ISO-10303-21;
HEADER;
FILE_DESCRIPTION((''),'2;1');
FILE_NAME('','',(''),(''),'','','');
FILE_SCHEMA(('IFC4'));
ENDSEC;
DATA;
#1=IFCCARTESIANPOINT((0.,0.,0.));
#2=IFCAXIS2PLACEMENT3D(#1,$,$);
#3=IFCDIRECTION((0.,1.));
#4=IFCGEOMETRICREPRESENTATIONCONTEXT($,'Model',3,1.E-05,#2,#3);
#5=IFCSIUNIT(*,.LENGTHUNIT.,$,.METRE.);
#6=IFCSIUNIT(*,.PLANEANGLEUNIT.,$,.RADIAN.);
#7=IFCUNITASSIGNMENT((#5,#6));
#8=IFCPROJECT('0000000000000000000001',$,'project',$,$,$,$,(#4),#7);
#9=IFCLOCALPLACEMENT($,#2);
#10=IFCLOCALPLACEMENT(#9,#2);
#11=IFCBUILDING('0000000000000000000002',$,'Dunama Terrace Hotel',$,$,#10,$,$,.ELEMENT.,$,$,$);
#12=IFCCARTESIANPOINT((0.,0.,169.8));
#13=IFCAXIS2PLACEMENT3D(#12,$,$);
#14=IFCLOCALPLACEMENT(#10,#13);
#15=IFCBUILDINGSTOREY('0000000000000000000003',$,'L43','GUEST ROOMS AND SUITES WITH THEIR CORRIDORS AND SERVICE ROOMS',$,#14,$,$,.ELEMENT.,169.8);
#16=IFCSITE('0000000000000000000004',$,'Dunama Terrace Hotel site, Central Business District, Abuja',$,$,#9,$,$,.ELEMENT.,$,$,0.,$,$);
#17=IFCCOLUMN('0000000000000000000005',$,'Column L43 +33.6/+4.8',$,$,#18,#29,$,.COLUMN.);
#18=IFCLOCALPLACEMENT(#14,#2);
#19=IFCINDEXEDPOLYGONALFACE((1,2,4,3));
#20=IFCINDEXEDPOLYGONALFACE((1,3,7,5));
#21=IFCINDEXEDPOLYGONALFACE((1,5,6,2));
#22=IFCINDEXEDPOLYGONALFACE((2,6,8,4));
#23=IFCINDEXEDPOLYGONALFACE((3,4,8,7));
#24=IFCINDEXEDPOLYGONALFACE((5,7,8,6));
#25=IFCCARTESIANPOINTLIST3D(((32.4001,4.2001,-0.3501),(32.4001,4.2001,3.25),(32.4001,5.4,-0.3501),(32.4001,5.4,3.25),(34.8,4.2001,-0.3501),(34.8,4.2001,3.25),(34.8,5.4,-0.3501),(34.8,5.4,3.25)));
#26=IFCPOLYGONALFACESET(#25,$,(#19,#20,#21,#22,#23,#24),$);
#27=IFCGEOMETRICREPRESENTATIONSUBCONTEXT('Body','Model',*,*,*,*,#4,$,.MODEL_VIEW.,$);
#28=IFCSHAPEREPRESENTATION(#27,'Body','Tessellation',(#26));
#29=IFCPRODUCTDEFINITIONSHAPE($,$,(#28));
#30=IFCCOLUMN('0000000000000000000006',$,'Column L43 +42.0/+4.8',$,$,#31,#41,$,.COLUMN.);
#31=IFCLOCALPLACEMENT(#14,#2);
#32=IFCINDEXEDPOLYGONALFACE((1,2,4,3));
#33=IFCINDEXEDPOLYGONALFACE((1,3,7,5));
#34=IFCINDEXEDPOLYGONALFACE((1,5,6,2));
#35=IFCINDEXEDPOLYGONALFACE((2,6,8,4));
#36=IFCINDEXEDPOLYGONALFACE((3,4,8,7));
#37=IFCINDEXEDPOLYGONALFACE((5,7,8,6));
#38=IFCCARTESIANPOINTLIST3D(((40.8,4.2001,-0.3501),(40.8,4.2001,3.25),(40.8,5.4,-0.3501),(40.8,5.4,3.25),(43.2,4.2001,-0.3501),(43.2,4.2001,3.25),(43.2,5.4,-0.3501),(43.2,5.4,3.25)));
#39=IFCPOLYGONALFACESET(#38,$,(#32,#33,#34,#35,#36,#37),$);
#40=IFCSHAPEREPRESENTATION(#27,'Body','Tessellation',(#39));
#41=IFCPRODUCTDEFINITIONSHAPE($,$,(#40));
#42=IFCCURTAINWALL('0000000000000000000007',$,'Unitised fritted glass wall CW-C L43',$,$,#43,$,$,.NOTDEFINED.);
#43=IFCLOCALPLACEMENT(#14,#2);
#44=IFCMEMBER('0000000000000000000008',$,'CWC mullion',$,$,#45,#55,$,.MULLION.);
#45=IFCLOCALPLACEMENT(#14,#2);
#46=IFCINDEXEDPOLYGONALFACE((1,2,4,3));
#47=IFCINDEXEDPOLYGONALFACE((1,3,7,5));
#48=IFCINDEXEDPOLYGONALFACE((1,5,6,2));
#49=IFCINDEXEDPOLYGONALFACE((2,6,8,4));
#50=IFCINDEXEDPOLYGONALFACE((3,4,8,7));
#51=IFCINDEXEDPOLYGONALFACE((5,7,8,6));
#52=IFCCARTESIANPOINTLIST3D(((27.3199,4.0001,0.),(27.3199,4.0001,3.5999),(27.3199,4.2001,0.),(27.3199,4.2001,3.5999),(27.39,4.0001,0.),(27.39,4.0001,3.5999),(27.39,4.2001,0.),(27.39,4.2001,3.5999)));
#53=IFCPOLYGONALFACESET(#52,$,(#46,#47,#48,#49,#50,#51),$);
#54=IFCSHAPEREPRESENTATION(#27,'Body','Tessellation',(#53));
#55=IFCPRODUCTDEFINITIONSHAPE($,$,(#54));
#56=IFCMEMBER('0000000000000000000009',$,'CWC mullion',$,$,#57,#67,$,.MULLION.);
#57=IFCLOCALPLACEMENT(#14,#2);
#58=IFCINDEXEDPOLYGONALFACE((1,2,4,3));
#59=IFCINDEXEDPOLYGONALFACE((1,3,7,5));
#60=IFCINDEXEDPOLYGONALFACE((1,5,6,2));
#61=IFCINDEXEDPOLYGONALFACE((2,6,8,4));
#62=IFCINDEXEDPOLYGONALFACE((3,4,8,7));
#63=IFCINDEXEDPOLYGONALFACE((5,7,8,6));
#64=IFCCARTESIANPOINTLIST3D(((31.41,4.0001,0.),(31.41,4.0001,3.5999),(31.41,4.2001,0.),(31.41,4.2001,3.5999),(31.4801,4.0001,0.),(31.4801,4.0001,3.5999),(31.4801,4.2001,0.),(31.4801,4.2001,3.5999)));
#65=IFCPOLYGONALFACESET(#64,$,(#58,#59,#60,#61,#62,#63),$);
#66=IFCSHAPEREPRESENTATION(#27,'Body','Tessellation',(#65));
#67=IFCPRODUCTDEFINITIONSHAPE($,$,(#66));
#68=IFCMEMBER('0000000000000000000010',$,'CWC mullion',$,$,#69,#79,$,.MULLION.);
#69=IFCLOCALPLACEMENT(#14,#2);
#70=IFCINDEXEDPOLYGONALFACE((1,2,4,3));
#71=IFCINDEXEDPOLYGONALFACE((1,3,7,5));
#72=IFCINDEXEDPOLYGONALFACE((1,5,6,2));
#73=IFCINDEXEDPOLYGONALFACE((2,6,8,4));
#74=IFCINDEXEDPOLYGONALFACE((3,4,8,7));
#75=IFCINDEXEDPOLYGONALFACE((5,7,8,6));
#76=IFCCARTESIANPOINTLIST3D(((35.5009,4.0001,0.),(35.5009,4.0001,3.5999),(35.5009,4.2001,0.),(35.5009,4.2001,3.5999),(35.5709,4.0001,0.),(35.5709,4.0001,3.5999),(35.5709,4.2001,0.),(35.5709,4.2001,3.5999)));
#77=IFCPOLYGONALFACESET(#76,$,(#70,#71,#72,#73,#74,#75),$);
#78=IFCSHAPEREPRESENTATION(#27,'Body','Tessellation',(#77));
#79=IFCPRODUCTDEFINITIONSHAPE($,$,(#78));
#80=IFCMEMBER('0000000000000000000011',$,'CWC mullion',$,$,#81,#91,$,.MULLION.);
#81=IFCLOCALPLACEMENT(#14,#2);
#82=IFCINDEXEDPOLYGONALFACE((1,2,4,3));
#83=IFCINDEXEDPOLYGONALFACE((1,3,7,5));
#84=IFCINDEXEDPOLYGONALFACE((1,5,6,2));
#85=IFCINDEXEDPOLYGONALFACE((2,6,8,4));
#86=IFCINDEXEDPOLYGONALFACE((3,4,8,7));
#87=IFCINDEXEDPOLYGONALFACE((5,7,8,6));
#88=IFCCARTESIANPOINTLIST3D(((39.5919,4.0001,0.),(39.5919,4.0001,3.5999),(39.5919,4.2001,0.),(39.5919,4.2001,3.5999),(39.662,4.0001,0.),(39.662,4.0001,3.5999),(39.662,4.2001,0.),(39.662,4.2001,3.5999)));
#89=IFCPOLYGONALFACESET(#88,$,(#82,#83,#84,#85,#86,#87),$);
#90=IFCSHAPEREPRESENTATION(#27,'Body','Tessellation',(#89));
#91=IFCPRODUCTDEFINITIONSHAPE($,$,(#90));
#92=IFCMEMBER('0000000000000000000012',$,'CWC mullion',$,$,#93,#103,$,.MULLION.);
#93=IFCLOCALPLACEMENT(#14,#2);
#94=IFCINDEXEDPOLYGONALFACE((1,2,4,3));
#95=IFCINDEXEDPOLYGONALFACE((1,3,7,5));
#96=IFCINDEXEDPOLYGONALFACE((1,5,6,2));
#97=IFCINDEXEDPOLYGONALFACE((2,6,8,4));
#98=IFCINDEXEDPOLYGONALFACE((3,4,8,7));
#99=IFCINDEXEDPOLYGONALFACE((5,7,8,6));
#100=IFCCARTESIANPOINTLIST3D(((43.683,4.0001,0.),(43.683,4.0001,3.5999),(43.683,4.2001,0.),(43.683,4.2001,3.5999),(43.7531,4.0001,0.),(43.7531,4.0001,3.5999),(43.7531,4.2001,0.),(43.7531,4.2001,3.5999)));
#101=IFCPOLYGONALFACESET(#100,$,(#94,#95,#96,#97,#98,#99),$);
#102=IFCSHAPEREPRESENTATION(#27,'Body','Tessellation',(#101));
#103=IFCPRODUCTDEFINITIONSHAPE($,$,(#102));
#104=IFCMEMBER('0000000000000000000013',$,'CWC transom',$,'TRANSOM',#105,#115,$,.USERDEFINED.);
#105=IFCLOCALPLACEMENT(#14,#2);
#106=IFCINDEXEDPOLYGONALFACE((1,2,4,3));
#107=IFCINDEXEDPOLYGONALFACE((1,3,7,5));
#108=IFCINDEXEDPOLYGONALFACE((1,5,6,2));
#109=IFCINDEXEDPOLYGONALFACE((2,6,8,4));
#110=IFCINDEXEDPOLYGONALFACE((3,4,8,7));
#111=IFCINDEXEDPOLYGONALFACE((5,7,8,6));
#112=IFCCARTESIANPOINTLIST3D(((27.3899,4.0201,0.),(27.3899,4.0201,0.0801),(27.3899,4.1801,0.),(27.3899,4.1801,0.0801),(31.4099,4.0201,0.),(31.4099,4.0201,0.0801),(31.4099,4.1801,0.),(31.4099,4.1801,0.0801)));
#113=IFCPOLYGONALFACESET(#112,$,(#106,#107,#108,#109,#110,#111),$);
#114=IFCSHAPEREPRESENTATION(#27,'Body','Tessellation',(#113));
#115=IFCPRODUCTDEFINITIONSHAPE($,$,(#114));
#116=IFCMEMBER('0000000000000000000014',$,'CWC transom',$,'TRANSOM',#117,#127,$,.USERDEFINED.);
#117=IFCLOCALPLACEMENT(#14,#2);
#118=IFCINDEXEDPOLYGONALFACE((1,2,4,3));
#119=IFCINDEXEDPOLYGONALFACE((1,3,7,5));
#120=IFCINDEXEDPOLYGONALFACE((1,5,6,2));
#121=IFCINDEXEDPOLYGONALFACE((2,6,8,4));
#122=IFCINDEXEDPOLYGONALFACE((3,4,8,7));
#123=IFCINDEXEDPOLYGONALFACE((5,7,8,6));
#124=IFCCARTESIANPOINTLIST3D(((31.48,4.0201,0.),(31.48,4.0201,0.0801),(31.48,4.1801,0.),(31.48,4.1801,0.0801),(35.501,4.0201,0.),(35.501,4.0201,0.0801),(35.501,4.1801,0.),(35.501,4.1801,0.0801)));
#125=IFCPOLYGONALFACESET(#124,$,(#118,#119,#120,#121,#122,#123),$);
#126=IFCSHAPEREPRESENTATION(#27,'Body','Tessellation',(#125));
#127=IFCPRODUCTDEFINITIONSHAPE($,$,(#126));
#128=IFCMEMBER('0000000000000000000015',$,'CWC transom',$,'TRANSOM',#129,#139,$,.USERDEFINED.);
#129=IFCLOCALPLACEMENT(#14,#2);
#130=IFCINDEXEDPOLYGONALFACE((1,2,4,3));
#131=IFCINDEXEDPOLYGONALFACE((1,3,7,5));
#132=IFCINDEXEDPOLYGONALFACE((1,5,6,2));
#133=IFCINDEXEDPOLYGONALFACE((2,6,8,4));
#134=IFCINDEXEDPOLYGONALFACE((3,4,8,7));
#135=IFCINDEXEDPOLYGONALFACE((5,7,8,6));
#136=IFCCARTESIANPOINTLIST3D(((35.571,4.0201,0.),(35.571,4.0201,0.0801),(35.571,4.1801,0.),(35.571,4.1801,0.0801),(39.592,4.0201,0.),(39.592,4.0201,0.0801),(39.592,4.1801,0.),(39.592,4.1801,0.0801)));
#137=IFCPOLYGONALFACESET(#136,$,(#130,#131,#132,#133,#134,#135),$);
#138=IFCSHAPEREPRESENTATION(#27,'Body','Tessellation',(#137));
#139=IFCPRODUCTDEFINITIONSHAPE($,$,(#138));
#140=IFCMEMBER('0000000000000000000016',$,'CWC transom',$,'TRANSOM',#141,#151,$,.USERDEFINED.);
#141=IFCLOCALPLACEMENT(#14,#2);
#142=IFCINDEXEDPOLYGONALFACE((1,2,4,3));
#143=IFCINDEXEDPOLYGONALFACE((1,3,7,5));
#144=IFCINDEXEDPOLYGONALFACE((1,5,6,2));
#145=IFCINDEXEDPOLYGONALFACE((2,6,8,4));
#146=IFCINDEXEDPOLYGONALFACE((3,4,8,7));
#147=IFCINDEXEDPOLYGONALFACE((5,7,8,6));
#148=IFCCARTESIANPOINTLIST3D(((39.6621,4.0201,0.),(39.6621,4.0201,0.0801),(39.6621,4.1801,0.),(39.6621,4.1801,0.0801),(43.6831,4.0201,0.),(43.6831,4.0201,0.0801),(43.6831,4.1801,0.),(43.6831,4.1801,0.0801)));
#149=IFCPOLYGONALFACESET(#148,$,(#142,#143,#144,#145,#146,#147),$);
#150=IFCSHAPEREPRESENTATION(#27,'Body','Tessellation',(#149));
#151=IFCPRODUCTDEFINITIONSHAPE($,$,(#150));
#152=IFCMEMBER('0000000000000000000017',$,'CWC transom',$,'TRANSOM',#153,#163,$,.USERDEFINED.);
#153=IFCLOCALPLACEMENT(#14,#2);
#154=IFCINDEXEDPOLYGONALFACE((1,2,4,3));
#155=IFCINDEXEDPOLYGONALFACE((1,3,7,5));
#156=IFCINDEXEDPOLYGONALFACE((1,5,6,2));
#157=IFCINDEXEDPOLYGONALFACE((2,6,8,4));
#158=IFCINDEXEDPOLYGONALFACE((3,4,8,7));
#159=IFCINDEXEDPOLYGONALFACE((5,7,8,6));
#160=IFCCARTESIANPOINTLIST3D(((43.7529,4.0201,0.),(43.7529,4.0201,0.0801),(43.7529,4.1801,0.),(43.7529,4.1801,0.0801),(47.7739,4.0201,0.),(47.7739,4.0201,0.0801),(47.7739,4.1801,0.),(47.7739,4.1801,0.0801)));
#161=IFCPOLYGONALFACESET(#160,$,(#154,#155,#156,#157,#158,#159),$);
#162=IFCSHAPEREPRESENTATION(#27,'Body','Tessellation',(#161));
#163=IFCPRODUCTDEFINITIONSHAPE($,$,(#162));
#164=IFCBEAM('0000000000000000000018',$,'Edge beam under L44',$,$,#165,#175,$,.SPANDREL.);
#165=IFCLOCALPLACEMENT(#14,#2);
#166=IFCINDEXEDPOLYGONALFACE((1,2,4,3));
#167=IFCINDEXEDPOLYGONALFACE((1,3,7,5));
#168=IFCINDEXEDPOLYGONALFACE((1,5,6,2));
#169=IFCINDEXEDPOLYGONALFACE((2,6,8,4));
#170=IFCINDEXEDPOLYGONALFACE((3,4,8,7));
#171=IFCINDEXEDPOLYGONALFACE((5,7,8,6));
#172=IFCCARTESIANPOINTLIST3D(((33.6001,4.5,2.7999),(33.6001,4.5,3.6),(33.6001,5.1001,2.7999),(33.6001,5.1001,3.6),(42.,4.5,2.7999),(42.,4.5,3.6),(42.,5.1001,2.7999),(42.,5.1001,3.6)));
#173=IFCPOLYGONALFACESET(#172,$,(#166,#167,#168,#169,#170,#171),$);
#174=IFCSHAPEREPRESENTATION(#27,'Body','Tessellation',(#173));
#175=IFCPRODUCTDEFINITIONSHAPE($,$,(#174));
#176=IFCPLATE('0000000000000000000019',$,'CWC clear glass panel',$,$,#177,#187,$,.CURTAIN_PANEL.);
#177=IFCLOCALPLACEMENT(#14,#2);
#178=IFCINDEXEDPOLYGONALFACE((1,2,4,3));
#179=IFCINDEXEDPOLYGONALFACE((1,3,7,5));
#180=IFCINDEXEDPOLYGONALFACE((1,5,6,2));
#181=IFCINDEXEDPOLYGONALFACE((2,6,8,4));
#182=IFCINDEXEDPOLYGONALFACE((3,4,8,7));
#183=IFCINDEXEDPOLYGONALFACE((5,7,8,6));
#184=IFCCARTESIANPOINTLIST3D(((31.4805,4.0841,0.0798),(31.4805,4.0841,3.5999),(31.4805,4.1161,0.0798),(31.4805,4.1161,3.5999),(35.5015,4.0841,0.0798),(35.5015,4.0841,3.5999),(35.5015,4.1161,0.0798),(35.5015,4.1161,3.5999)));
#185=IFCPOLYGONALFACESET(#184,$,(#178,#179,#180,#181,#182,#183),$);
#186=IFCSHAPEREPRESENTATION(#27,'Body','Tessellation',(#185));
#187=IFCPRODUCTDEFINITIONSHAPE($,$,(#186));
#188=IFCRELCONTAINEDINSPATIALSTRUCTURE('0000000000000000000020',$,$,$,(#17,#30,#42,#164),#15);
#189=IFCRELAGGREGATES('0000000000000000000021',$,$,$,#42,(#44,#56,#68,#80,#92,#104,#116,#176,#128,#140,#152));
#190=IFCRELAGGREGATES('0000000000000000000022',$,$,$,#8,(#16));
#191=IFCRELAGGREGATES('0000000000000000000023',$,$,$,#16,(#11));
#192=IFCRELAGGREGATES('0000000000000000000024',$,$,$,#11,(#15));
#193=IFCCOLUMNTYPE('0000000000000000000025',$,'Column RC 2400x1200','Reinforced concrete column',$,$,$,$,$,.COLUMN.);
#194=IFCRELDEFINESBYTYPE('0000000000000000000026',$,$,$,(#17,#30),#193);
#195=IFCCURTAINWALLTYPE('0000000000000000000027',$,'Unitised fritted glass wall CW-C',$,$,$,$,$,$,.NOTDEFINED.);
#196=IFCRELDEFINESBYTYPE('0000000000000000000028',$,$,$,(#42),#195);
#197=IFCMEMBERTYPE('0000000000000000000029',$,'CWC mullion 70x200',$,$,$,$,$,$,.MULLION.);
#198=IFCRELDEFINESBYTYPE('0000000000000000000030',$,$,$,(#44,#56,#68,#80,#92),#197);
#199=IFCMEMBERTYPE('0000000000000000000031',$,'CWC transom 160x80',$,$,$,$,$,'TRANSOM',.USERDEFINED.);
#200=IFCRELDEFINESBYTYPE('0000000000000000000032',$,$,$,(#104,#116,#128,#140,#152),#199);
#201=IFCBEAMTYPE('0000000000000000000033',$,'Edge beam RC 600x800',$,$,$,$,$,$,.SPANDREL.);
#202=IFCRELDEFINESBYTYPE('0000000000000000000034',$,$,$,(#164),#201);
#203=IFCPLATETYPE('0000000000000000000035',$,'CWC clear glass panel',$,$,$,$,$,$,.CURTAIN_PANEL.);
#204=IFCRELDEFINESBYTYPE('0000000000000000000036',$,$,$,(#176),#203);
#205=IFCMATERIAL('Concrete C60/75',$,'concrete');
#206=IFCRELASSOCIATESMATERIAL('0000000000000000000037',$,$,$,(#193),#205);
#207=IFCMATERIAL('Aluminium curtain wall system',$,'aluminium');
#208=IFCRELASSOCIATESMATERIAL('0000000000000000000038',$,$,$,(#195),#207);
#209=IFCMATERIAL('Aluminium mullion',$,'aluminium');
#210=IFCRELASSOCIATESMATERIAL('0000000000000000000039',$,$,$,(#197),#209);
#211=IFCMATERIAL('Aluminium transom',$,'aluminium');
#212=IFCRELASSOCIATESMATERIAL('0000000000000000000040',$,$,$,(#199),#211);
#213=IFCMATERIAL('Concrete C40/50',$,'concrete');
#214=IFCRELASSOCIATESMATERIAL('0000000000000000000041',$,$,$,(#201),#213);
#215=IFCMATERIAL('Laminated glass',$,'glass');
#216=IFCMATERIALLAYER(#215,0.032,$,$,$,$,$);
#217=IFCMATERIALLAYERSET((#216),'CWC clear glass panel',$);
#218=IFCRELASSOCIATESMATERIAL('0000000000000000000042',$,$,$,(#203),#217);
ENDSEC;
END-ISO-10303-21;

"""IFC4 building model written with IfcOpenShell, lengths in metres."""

from ifc_helpers import new_model, si_unit, direction, frame, origin, origin_2d, place, context, subcontext, project, spatial, rectangle, extrude, material, layer, layer_set, material_profile, profile_set, type_object, element, aggregate, save


model = new_model("IFC4")

# Units and contexts
model_context = context("Model", 3, precision=1e-05, world=origin(), true_north=direction((0.0, 1.0)))
body_context = subcontext(model_context, "Body", "Model", "MODEL_VIEW")
ifc_project = project(units=[si_unit("LENGTHUNIT", "METRE"), si_unit("PLANEANGLEUNIT", "RADIAN")], contexts=[model_context])

# Site, building, storey
site_placement = place(None, origin())
site = spatial("IfcSite", under=ifc_project, at=site_placement, Name="Dunama Terrace Hotel site, Central Business District, Abuja", CompositionType="ELEMENT", RefElevation=0.0)
building_placement = place(site_placement, origin())
building = spatial("IfcBuilding", under=site, at=building_placement, Name="Dunama Terrace Hotel", CompositionType="ELEMENT")
storey_placement = place(building_placement, frame((0.0, 0.0, 169.8)))
storey = spatial("IfcBuildingStorey", under=building, at=storey_placement, Name="L43", Description="GUEST ROOMS AND SUITES WITH THEIR CORRIDORS AND SERVICE ROOMS", CompositionType="ELEMENT", Elevation=169.8)

# Columns
ifc_material_1 = material(Name="Concrete C60/75", Category="concrete")
ifc_material_profile_1 = material_profile(ifc_material_1, rectangle(XDim=2.3999, YDim=1.2, at=origin_2d()), Name="RC 2400x1200")
ifc_profile_set_1 = profile_set([ifc_material_profile_1], Name="Concrete C60/75")
column_type = type_object("IfcColumnType", Name="Column RC 2400x1200", Description="Reinforced concrete column", PredefinedType="COLUMN", material=ifc_profile_set_1)
for number, where, z_axis, x_axis, name in (
    (1, (33.6001, 4.8, -0.3501), (0.0, 0.0, 1.0), (1.0, 0.0, 0.0), "Column L43 +33.6/+4.8"),
    (2, (42.0, 4.8, -0.3501), (0.0, 0.0, 1.0), (1.0, 0.0, 0.0), "Column L43 +42.0/+4.8"),
):
    element("IfcColumn", number, at=place(storey_placement, frame(where, z_axis=z_axis, x_axis=x_axis)), inside=storey, type_object=column_type, Name=name, PredefinedType="COLUMN", context=body_context, shape_type="SweptSolid", body=[
        extrude(rectangle(XDim=2.3999, YDim=1.2, at=origin_2d()), origin(), (0.0, 0.0, 1.0), 3.6001),
    ])

# Curtain wall, members
ifc_material_2 = material(Name="Aluminium curtain wall system", Category="aluminium")
curtain_wall_type = type_object("IfcCurtainWallType", Name="Unitised fritted glass wall CW-C", PredefinedType="NOTDEFINED", material=ifc_material_2)
curtain_wall_placement = place(storey_placement, origin())
curtain_wall = element("IfcCurtainWall", 3, at=curtain_wall_placement, inside=storey, type_object=curtain_wall_type, Name="Unitised fritted glass wall CW-C L43", PredefinedType="NOTDEFINED")
ifc_material_3 = material(Name="Aluminium mullion", Category="aluminium")
ifc_material_profile_2 = material_profile(ifc_material_3, rectangle(XDim=0.0701, YDim=0.2, at=origin_2d()), Name="CWC MULLION 70X200")
ifc_profile_set_2 = profile_set([ifc_material_profile_2], Name="Aluminium mullion")
member_type_1 = type_object("IfcMemberType", Name="CWC mullion 70x200", PredefinedType="MULLION", material=ifc_profile_set_2)
member_1_placement = place(storey_placement, frame((27.355, 4.1001, 0.0), z_axis=(0.0, 0.0, 1.0), x_axis=(1.0, 0.0, 0.0)))
member_1 = element("IfcMember", 4, at=member_1_placement, type_object=member_type_1, Name="CWC mullion", PredefinedType="MULLION", context=body_context, shape_type="SweptSolid", body=[
    extrude(rectangle(XDim=0.0701, YDim=0.2, at=origin_2d()), origin(), (0.0, 0.0, 1.0), 3.5999),
])
member_2_placement = place(storey_placement, frame((31.4451, 4.1001, 0.0), z_axis=(0.0, 0.0, 1.0), x_axis=(1.0, 0.0, 0.0)))
member_2 = element("IfcMember", 5, at=member_2_placement, type_object=member_type_1, Name="CWC mullion", PredefinedType="MULLION", context=body_context, shape_type="SweptSolid", body=[
    extrude(rectangle(XDim=0.0701, YDim=0.2, at=origin_2d()), origin(), (0.0, 0.0, 1.0), 3.5999),
])
member_3_placement = place(storey_placement, frame((35.5359, 4.1001, 0.0), z_axis=(0.0, 0.0, 1.0), x_axis=(1.0, 0.0, 0.0)))
member_3 = element("IfcMember", 6, at=member_3_placement, type_object=member_type_1, Name="CWC mullion", PredefinedType="MULLION", context=body_context, shape_type="SweptSolid", body=[
    extrude(rectangle(XDim=0.0701, YDim=0.2, at=origin_2d()), origin(), (0.0, 0.0, 1.0), 3.5999),
])
member_4_placement = place(storey_placement, frame((39.627, 4.1001, 0.0), z_axis=(0.0, 0.0, 1.0), x_axis=(1.0, 0.0, 0.0)))
member_4 = element("IfcMember", 7, at=member_4_placement, type_object=member_type_1, Name="CWC mullion", PredefinedType="MULLION", context=body_context, shape_type="SweptSolid", body=[
    extrude(rectangle(XDim=0.0701, YDim=0.2, at=origin_2d()), origin(), (0.0, 0.0, 1.0), 3.5999),
])
member_5_placement = place(storey_placement, frame((43.718, 4.1001, 0.0), z_axis=(0.0, 0.0, 1.0), x_axis=(1.0, 0.0, 0.0)))
member_5 = element("IfcMember", 8, at=member_5_placement, type_object=member_type_1, Name="CWC mullion", PredefinedType="MULLION", context=body_context, shape_type="SweptSolid", body=[
    extrude(rectangle(XDim=0.0701, YDim=0.2, at=origin_2d()), origin(), (0.0, 0.0, 1.0), 3.5999),
])
ifc_material_4 = material(Name="Aluminium transom", Category="aluminium")
ifc_material_profile_3 = material_profile(ifc_material_4, rectangle(XDim=0.1599, YDim=0.0801, at=origin_2d()), Name="CWC TRANSOM 160X80")
ifc_profile_set_3 = profile_set([ifc_material_profile_3], Name="Aluminium transom")
member_type_2 = type_object("IfcMemberType", Name="CWC transom 160x80", ElementType="TRANSOM", PredefinedType="USERDEFINED", material=ifc_profile_set_3)
member_6_placement = place(storey_placement, frame((27.3899, 4.1001, 0.04), z_axis=(1.0, 0.0, 0.0), x_axis=(0.0, 1.0, 0.0)))
member_6 = element("IfcMember", 9, at=member_6_placement, type_object=member_type_2, Name="CWC transom", ObjectType="TRANSOM", PredefinedType="USERDEFINED", context=body_context, shape_type="SweptSolid", body=[
    extrude(rectangle(XDim=0.1599, YDim=0.0801, at=origin_2d()), origin(), (0.0, 0.0, 1.0), 4.02),
])
member_7_placement = place(storey_placement, frame((31.48, 4.1001, 0.04), z_axis=(1.0, 0.0, 0.0), x_axis=(0.0, 1.0, 0.0)))
member_7 = element("IfcMember", 10, at=member_7_placement, type_object=member_type_2, Name="CWC transom", ObjectType="TRANSOM", PredefinedType="USERDEFINED", context=body_context, shape_type="SweptSolid", body=[
    extrude(rectangle(XDim=0.1599, YDim=0.0801, at=origin_2d()), origin(), (0.0, 0.0, 1.0), 4.021),
])
member_8_placement = place(storey_placement, frame((35.571, 4.1001, 0.04), z_axis=(1.0, 0.0, 0.0), x_axis=(0.0, 1.0, 0.0)))
member_8 = element("IfcMember", 11, at=member_8_placement, type_object=member_type_2, Name="CWC transom", ObjectType="TRANSOM", PredefinedType="USERDEFINED", context=body_context, shape_type="SweptSolid", body=[
    extrude(rectangle(XDim=0.1599, YDim=0.0801, at=origin_2d()), origin(), (0.0, 0.0, 1.0), 4.021),
])
member_9_placement = place(storey_placement, frame((39.6621, 4.1001, 0.04), z_axis=(1.0, 0.0, 0.0), x_axis=(0.0, 1.0, 0.0)))
member_9 = element("IfcMember", 12, at=member_9_placement, type_object=member_type_2, Name="CWC transom", ObjectType="TRANSOM", PredefinedType="USERDEFINED", context=body_context, shape_type="SweptSolid", body=[
    extrude(rectangle(XDim=0.1599, YDim=0.0801, at=origin_2d()), origin(), (0.0, 0.0, 1.0), 4.021),
])
member_10_placement = place(storey_placement, frame((43.7529, 4.1001, 0.04), z_axis=(1.0, 0.0, 0.0), x_axis=(0.0, 1.0, 0.0)))
member_10 = element("IfcMember", 13, at=member_10_placement, type_object=member_type_2, Name="CWC transom", ObjectType="TRANSOM", PredefinedType="USERDEFINED", context=body_context, shape_type="SweptSolid", body=[
    extrude(rectangle(XDim=0.1599, YDim=0.0801, at=origin_2d()), origin(), (0.0, 0.0, 1.0), 4.021),
])

# Beam
ifc_material_5 = material(Name="Concrete C40/50", Category="concrete")
ifc_material_profile_4 = material_profile(ifc_material_5, rectangle(XDim=0.6001, YDim=0.8, at=origin_2d()), Name="RC 600x800")
ifc_profile_set_4 = profile_set([ifc_material_profile_4], Name="Concrete C40/50")
beam_type = type_object("IfcBeamType", Name="Edge beam RC 600x800", PredefinedType="SPANDREL", material=ifc_profile_set_4)
beam_placement = place(storey_placement, frame((33.6001, 4.8, 3.2), z_axis=(1.0, 0.0, 0.0), x_axis=(0.0, 1.0, 0.0)))
element("IfcBeam", 14, at=beam_placement, inside=storey, type_object=beam_type, Name="Edge beam under L44", PredefinedType="SPANDREL", context=body_context, shape_type="SweptSolid", body=[
    extrude(rectangle(XDim=0.6001, YDim=0.8, at=origin_2d()), origin(), (0.0, 0.0, 1.0), 8.3999),
])

# Plate
ifc_material_6 = material(Name="Laminated glass", Category="glass")
ifc_layer_1 = layer(ifc_material_6, 0.032)
ifc_layer_set_1 = layer_set([ifc_layer_1], Name="CWC clear glass panel")
plate_type_1 = type_object("IfcPlateType", Name="CWC clear glass panel", PredefinedType="CURTAIN_PANEL", material=ifc_layer_set_1)
plate_1_placement = place(storey_placement, frame((33.491, 4.1001, 0.0798), z_axis=(0.0, 0.0, 1.0), x_axis=(1.0, 0.0, 0.0)))
plate_1 = element("IfcPlate", 15, at=plate_1_placement, type_object=plate_type_1, Name="CWC clear glass panel", PredefinedType="CURTAIN_PANEL", context=body_context, shape_type="SweptSolid", body=[
    extrude(rectangle(XDim=4.021, YDim=0.032, at=origin_2d()), origin(), (0.0, 0.0, 1.0), 3.52),
])
aggregate(curtain_wall, [member_1, member_2, member_3, member_4, member_5, member_6, member_7, plate_1, member_8, member_9, member_10])

save(model, "model.ifc")
